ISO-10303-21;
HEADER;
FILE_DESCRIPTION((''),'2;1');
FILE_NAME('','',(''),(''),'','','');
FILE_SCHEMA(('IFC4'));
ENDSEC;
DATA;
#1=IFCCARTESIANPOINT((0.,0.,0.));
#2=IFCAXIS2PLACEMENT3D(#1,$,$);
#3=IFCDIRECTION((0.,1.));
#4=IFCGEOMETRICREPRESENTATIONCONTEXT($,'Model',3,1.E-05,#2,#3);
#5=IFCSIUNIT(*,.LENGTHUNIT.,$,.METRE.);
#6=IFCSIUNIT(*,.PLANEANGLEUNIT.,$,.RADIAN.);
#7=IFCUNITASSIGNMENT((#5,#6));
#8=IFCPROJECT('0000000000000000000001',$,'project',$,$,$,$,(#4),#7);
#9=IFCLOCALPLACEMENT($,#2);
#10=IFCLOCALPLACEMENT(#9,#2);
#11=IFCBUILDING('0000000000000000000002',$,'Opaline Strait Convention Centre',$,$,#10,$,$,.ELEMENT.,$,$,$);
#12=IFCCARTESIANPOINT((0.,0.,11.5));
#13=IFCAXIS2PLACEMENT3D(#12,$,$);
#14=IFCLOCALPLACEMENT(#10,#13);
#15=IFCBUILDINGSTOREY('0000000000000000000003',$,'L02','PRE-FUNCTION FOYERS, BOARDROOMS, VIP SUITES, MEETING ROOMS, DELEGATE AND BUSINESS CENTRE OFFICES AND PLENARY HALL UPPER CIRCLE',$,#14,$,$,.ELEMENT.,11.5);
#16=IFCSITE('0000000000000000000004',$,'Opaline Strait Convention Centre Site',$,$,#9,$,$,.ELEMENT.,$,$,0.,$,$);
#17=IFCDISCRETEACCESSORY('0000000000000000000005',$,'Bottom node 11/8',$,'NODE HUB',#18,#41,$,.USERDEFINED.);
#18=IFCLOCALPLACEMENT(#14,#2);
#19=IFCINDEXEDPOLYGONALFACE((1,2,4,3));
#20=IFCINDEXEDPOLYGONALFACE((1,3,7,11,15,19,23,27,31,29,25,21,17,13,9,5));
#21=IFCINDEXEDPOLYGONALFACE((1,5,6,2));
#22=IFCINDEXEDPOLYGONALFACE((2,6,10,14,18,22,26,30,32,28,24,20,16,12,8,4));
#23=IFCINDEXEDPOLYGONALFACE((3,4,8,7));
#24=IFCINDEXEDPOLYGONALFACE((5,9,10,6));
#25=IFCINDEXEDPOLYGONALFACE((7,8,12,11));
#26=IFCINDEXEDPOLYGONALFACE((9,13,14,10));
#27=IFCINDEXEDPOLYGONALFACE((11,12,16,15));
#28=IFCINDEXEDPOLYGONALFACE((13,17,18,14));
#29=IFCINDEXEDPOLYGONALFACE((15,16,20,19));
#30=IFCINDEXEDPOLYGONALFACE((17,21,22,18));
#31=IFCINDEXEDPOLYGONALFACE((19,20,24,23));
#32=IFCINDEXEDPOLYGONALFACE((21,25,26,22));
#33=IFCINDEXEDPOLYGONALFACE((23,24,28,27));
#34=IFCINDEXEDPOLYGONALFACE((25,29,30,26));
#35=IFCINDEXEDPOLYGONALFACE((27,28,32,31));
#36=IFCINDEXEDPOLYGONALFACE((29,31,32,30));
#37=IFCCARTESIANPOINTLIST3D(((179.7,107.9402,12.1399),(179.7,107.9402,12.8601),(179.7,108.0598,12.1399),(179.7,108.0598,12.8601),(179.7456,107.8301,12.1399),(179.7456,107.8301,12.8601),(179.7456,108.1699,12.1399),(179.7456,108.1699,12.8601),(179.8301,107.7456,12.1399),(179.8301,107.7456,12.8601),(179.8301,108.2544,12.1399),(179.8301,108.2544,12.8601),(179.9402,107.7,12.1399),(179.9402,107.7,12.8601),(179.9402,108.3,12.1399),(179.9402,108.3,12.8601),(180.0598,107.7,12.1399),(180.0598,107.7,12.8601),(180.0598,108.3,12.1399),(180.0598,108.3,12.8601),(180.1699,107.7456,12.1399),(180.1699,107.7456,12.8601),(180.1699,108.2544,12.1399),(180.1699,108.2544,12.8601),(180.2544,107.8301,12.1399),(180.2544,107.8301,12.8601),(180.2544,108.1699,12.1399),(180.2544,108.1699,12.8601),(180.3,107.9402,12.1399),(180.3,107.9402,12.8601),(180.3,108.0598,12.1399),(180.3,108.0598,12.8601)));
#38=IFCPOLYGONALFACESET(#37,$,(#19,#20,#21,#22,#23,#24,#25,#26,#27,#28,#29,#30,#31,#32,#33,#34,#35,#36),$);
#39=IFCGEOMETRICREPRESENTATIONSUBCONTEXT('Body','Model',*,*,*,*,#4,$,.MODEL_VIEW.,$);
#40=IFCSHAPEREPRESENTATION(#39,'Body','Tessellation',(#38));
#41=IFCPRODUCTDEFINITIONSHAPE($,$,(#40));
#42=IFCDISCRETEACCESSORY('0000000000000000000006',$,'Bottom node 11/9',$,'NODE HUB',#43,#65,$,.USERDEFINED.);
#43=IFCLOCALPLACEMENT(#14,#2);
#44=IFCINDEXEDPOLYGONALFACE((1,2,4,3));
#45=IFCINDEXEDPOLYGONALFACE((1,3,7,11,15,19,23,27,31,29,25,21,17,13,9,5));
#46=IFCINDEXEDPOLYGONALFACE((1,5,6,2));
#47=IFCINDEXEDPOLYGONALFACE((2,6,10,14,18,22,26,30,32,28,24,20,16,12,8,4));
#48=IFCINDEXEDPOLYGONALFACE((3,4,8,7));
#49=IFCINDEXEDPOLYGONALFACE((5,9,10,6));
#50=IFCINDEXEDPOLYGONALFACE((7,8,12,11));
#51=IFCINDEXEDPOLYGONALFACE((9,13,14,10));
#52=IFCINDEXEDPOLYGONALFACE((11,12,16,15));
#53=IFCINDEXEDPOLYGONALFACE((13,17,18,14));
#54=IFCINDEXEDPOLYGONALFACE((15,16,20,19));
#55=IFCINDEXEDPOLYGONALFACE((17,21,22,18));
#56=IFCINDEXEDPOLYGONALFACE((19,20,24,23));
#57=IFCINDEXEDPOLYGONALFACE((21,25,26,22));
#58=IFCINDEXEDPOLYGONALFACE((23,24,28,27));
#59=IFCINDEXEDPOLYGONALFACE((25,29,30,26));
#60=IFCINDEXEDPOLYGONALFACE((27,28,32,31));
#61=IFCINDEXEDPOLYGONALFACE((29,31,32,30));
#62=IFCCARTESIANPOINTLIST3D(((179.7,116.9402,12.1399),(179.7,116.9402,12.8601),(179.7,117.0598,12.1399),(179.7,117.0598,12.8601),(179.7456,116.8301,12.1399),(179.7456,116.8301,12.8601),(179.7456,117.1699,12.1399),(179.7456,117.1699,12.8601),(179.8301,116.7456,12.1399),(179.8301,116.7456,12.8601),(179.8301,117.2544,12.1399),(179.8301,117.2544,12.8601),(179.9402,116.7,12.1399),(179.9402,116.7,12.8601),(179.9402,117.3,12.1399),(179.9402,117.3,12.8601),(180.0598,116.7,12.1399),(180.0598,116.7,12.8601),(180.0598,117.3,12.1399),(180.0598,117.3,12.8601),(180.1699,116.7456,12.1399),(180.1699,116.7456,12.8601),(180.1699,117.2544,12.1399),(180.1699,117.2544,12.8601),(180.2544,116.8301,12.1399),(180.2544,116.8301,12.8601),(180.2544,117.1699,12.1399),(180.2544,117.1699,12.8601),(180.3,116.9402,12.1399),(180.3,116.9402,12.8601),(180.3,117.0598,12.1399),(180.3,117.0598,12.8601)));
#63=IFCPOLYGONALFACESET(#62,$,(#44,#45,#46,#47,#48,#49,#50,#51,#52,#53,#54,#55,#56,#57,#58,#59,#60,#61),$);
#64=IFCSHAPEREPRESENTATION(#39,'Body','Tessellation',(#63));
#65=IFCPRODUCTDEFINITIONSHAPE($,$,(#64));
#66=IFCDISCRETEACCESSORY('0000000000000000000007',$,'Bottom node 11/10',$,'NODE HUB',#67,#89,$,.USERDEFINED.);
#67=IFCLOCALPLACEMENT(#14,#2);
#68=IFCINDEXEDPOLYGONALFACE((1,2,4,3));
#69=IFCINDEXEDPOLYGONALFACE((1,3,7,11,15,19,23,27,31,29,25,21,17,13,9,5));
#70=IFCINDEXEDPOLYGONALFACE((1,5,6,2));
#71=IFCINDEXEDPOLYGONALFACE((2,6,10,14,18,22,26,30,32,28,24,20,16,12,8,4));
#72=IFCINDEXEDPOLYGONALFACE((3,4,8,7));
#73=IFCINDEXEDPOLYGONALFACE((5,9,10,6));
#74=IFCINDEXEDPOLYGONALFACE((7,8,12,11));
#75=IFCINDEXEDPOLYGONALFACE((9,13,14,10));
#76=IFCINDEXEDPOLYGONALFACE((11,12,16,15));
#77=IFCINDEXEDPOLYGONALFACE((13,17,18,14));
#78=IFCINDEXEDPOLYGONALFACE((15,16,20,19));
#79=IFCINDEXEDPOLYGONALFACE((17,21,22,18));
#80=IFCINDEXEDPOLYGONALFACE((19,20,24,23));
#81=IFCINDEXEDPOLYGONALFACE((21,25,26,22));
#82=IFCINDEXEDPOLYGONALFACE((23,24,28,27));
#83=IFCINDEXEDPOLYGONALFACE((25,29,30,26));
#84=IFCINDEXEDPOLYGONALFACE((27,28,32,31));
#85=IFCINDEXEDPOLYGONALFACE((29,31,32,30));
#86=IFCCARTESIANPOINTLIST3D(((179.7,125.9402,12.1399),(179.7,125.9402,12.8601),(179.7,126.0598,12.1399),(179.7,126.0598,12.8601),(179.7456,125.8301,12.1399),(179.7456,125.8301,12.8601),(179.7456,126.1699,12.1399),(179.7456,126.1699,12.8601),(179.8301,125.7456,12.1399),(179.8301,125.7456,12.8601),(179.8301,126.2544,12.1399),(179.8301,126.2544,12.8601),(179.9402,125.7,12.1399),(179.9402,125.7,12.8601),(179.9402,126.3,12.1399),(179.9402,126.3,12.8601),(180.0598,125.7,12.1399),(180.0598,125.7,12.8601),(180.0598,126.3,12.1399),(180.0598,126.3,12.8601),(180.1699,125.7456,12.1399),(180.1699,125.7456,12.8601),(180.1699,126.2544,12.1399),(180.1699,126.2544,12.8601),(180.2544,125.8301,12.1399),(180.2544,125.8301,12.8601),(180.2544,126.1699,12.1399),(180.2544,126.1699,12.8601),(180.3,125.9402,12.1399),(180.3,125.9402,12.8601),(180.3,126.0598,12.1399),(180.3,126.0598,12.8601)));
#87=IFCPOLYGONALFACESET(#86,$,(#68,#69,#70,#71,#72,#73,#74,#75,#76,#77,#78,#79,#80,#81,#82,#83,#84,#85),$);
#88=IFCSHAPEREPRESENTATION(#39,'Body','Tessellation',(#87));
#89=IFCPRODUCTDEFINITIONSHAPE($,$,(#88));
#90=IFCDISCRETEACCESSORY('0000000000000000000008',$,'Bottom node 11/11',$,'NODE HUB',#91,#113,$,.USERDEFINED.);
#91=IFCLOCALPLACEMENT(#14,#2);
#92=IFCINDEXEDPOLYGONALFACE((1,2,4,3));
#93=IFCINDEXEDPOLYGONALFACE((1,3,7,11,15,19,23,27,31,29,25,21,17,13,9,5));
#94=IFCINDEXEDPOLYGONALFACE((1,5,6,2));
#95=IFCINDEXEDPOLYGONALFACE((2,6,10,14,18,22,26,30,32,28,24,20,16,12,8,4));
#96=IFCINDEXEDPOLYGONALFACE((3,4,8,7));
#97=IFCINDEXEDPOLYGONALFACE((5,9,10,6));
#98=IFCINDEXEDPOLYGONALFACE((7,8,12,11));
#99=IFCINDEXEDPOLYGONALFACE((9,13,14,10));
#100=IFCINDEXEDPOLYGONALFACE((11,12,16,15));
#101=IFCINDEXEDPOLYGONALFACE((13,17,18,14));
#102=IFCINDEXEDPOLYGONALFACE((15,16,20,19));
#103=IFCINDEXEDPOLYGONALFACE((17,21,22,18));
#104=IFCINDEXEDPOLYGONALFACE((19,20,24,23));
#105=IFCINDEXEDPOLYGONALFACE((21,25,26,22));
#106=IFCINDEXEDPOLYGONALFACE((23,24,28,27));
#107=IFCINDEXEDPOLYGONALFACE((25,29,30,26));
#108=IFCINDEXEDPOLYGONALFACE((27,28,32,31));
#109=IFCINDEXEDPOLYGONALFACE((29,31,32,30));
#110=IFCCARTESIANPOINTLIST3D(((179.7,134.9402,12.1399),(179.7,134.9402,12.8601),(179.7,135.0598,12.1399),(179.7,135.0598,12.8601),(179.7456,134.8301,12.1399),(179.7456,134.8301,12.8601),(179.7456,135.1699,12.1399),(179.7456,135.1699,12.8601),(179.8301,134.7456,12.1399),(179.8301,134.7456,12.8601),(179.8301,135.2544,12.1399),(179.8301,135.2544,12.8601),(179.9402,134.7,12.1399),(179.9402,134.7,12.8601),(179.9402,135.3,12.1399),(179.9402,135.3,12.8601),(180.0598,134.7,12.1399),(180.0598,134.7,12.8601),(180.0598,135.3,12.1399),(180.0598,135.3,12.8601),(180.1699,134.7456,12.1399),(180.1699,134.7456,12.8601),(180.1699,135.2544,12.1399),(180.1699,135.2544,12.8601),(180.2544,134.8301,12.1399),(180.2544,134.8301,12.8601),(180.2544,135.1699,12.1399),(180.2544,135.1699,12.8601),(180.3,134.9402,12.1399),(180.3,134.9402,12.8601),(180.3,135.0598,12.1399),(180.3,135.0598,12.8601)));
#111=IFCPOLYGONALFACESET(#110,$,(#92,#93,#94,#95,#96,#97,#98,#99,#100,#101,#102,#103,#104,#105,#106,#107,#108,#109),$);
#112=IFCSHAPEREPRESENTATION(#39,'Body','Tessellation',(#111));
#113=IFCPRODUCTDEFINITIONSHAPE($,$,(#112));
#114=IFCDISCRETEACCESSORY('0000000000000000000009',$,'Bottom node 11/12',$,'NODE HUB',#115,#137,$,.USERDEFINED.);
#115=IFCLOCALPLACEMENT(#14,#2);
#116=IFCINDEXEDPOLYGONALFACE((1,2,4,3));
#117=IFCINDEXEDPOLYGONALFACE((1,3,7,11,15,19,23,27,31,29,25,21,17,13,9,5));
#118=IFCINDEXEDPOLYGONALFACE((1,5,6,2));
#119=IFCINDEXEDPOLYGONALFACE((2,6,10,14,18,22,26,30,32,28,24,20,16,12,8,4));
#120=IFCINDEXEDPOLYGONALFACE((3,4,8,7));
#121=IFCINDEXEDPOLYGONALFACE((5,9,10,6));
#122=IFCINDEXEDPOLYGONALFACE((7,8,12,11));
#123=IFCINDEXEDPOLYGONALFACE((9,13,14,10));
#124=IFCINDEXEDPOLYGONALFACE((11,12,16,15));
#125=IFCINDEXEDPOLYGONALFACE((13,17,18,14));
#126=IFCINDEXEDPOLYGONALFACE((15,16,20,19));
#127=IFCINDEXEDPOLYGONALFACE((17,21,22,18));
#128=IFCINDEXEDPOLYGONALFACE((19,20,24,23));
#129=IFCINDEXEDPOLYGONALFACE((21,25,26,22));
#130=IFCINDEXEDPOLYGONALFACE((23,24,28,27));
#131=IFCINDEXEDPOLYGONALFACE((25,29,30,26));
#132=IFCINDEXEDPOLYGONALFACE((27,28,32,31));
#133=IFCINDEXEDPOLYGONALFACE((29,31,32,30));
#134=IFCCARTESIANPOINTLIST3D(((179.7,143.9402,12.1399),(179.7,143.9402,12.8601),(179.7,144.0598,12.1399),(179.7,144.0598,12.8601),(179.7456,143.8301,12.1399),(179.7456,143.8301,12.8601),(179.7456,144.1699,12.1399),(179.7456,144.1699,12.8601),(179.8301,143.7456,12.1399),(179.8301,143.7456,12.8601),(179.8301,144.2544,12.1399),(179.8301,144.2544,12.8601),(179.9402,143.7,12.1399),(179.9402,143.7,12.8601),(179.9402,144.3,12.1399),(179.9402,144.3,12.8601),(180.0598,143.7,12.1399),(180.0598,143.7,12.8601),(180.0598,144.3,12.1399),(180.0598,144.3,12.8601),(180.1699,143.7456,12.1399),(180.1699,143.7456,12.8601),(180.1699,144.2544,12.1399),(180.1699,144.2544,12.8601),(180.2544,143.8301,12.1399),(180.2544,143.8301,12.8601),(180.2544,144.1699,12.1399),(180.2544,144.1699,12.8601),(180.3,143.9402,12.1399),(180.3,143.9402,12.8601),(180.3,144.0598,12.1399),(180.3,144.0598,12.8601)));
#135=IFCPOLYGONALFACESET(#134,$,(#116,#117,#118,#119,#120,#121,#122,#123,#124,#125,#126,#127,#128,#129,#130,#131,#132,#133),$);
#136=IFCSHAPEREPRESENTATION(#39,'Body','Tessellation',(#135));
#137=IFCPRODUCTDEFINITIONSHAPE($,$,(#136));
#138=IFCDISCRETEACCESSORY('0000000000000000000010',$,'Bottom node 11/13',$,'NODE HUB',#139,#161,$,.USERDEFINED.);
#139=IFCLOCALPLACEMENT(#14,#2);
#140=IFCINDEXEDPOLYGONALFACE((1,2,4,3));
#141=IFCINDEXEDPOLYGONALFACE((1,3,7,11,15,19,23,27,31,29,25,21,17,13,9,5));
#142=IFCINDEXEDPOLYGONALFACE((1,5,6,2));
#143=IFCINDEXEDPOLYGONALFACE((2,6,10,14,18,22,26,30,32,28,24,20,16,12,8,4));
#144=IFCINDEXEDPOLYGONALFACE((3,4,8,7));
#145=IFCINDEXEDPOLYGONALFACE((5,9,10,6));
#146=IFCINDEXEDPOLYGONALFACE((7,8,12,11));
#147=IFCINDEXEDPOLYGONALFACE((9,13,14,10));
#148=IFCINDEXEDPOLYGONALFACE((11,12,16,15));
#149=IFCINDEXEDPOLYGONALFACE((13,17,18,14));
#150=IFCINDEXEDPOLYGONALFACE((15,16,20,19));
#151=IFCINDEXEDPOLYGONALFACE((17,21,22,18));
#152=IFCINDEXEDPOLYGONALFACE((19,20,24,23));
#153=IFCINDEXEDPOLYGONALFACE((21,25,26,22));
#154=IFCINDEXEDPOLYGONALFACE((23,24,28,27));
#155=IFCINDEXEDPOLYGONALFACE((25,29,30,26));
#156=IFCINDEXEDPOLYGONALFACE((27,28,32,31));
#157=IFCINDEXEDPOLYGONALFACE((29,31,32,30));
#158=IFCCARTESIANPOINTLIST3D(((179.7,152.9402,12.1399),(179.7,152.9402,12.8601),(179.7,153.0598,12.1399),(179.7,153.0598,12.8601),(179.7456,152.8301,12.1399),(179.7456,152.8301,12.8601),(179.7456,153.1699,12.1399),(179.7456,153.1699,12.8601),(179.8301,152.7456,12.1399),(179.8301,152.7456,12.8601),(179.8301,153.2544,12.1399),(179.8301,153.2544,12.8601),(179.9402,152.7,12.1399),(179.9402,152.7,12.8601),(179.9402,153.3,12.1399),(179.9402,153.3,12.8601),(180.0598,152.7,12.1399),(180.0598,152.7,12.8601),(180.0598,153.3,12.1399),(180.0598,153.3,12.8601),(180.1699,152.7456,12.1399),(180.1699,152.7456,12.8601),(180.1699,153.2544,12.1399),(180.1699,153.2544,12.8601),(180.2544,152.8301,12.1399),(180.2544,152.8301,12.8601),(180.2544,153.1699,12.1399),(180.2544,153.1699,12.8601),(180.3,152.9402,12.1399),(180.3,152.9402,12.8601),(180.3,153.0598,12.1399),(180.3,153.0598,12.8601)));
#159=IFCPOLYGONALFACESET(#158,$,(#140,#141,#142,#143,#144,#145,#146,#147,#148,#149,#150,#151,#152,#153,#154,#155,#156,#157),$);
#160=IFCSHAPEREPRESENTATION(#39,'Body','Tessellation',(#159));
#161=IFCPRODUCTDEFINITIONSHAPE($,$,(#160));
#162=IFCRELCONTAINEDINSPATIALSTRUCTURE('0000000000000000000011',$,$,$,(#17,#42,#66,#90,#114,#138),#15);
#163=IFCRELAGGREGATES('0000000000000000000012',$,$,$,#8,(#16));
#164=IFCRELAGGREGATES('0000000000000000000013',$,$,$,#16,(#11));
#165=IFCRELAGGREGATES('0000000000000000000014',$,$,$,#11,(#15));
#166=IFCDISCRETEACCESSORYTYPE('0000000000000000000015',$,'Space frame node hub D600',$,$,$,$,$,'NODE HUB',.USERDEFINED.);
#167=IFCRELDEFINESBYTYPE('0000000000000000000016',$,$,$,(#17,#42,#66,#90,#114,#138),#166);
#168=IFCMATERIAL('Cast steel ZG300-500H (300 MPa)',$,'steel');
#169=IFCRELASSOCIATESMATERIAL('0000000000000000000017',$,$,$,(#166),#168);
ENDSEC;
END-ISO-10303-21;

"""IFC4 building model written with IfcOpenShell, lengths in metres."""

from ifc_helpers import new_model, si_unit, direction, frame, origin, place, context, subcontext, project, spatial, polyline, outline, extrude, material, type_object, element, save


model = new_model("IFC4")

# Units and contexts
model_context = context("Model", 3, precision=1e-05, world=origin(), true_north=direction((0.0, 1.0)))
body_context = subcontext(model_context, "Body", "Model", "MODEL_VIEW")
ifc_project = project(units=[si_unit("LENGTHUNIT", "METRE"), si_unit("PLANEANGLEUNIT", "RADIAN")], contexts=[model_context])

# Site, building, storey
site_placement = place(None, origin())
site = spatial("IfcSite", under=ifc_project, at=site_placement, Name="Opaline Strait Convention Centre Site", CompositionType="ELEMENT", RefElevation=0.0)
building_placement = place(site_placement, origin())
building = spatial("IfcBuilding", under=site, at=building_placement, Name="Opaline Strait Convention Centre", CompositionType="ELEMENT")
storey_placement = place(building_placement, frame((0.0, 0.0, 11.5)))
storey = spatial("IfcBuildingStorey", under=building, at=storey_placement, Name="L02", Description="PRE-FUNCTION FOYERS, BOARDROOMS, VIP SUITES, MEETING ROOMS, DELEGATE AND BUSINESS CENTRE OFFICES AND PLENARY HALL UPPER CIRCLE", CompositionType="ELEMENT", Elevation=11.5)

# Discrete accessories
ifc_material = material(Name="Cast steel ZG300-500H (300 MPa)", Category="steel")
discrete_accessory_type_1 = type_object("IfcDiscreteAccessoryType", Name="Space frame node hub D600", ElementType="NODE HUB", PredefinedType="USERDEFINED", material=ifc_material)
discrete_accessory_1_placement = place(storey_placement, frame((0.0, 0.0, 12.1399)))
element("IfcDiscreteAccessory", 1, at=discrete_accessory_1_placement, inside=storey, type_object=discrete_accessory_type_1, Name="Bottom node 11/8", ObjectType="NODE HUB", PredefinedType="USERDEFINED", context=body_context, shape_type="SweptSolid", body=[
    extrude(outline(polyline([(180.3, 108.0598), (180.2544, 108.1699), (180.1699, 108.2544), (180.0598, 108.3), (179.9402, 108.3), (179.8301, 108.2544), (179.7456, 108.1699), (179.7, 108.0598), (179.7, 107.9402), (179.7456, 107.8301), (179.8301, 107.7456), (179.9402, 107.7), (180.0598, 107.7), (180.1699, 107.7456), (180.2544, 107.8301), (180.3, 107.9402), (180.3, 108.0598)])), origin(), (0.0, 0.0, 1.0), 0.7202),
])
discrete_accessory_2_placement = place(storey_placement, frame((0.0, 0.0, 12.1399)))
element("IfcDiscreteAccessory", 2, at=discrete_accessory_2_placement, inside=storey, type_object=discrete_accessory_type_1, Name="Bottom node 11/9", ObjectType="NODE HUB", PredefinedType="USERDEFINED", context=body_context, shape_type="SweptSolid", body=[
    extrude(outline(polyline([(180.3, 117.0598), (180.2544, 117.1699), (180.1699, 117.2544), (180.0598, 117.3), (179.9402, 117.3), (179.8301, 117.2544), (179.7456, 117.1699), (179.7, 117.0598), (179.7, 116.9402), (179.7456, 116.8301), (179.8301, 116.7456), (179.9402, 116.7), (180.0598, 116.7), (180.1699, 116.7456), (180.2544, 116.8301), (180.3, 116.9402), (180.3, 117.0598)])), origin(), (0.0, 0.0, 1.0), 0.7202),
])
discrete_accessory_3_placement = place(storey_placement, frame((0.0, 0.0, 12.1399)))
element("IfcDiscreteAccessory", 3, at=discrete_accessory_3_placement, inside=storey, type_object=discrete_accessory_type_1, Name="Bottom node 11/10", ObjectType="NODE HUB", PredefinedType="USERDEFINED", context=body_context, shape_type="SweptSolid", body=[
    extrude(outline(polyline([(180.3, 126.0598), (180.2544, 126.1699), (180.1699, 126.2544), (180.0598, 126.3), (179.9402, 126.3), (179.8301, 126.2544), (179.7456, 126.1699), (179.7, 126.0598), (179.7, 125.9402), (179.7456, 125.8301), (179.8301, 125.7456), (179.9402, 125.7), (180.0598, 125.7), (180.1699, 125.7456), (180.2544, 125.8301), (180.3, 125.9402), (180.3, 126.0598)])), origin(), (0.0, 0.0, 1.0), 0.7202),
])
discrete_accessory_4_placement = place(storey_placement, frame((0.0, 0.0, 12.1399)))
element("IfcDiscreteAccessory", 4, at=discrete_accessory_4_placement, inside=storey, type_object=discrete_accessory_type_1, Name="Bottom node 11/11", ObjectType="NODE HUB", PredefinedType="USERDEFINED", context=body_context, shape_type="SweptSolid", body=[
    extrude(outline(polyline([(180.3, 135.0598), (180.2544, 135.1699), (180.1699, 135.2544), (180.0598, 135.3), (179.9402, 135.3), (179.8301, 135.2544), (179.7456, 135.1699), (179.7, 135.0598), (179.7, 134.9402), (179.7456, 134.8301), (179.8301, 134.7456), (179.9402, 134.7), (180.0598, 134.7), (180.1699, 134.7456), (180.2544, 134.8301), (180.3, 134.9402), (180.3, 135.0598)])), origin(), (0.0, 0.0, 1.0), 0.7202),
])
discrete_accessory_5_placement = place(storey_placement, frame((0.0, 0.0, 12.1399)))
element("IfcDiscreteAccessory", 5, at=discrete_accessory_5_placement, inside=storey, type_object=discrete_accessory_type_1, Name="Bottom node 11/12", ObjectType="NODE HUB", PredefinedType="USERDEFINED", context=body_context, shape_type="SweptSolid", body=[
    extrude(outline(polyline([(180.3, 144.0598), (180.2544, 144.1699), (180.1699, 144.2544), (180.0598, 144.3), (179.9402, 144.3), (179.8301, 144.2544), (179.7456, 144.1699), (179.7, 144.0598), (179.7, 143.9402), (179.7456, 143.8301), (179.8301, 143.7456), (179.9402, 143.7), (180.0598, 143.7), (180.1699, 143.7456), (180.2544, 143.8301), (180.3, 143.9402), (180.3, 144.0598)])), origin(), (0.0, 0.0, 1.0), 0.7202),
])
discrete_accessory_6_placement = place(storey_placement, frame((0.0, 0.0, 12.1399)))
element("IfcDiscreteAccessory", 6, at=discrete_accessory_6_placement, inside=storey, type_object=discrete_accessory_type_1, Name="Bottom node 11/13", ObjectType="NODE HUB", PredefinedType="USERDEFINED", context=body_context, shape_type="SweptSolid", body=[
    extrude(outline(polyline([(180.3, 153.0598), (180.2544, 153.1699), (180.1699, 153.2544), (180.0598, 153.3), (179.9402, 153.3), (179.8301, 153.2544), (179.7456, 153.1699), (179.7, 153.0598), (179.7, 152.9402), (179.7456, 152.8301), (179.8301, 152.7456), (179.9402, 152.7), (180.0598, 152.7), (180.1699, 152.7456), (180.2544, 152.8301), (180.3, 152.9402), (180.3, 153.0598)])), origin(), (0.0, 0.0, 1.0), 0.7202),
])

save(model, "model.ifc")
